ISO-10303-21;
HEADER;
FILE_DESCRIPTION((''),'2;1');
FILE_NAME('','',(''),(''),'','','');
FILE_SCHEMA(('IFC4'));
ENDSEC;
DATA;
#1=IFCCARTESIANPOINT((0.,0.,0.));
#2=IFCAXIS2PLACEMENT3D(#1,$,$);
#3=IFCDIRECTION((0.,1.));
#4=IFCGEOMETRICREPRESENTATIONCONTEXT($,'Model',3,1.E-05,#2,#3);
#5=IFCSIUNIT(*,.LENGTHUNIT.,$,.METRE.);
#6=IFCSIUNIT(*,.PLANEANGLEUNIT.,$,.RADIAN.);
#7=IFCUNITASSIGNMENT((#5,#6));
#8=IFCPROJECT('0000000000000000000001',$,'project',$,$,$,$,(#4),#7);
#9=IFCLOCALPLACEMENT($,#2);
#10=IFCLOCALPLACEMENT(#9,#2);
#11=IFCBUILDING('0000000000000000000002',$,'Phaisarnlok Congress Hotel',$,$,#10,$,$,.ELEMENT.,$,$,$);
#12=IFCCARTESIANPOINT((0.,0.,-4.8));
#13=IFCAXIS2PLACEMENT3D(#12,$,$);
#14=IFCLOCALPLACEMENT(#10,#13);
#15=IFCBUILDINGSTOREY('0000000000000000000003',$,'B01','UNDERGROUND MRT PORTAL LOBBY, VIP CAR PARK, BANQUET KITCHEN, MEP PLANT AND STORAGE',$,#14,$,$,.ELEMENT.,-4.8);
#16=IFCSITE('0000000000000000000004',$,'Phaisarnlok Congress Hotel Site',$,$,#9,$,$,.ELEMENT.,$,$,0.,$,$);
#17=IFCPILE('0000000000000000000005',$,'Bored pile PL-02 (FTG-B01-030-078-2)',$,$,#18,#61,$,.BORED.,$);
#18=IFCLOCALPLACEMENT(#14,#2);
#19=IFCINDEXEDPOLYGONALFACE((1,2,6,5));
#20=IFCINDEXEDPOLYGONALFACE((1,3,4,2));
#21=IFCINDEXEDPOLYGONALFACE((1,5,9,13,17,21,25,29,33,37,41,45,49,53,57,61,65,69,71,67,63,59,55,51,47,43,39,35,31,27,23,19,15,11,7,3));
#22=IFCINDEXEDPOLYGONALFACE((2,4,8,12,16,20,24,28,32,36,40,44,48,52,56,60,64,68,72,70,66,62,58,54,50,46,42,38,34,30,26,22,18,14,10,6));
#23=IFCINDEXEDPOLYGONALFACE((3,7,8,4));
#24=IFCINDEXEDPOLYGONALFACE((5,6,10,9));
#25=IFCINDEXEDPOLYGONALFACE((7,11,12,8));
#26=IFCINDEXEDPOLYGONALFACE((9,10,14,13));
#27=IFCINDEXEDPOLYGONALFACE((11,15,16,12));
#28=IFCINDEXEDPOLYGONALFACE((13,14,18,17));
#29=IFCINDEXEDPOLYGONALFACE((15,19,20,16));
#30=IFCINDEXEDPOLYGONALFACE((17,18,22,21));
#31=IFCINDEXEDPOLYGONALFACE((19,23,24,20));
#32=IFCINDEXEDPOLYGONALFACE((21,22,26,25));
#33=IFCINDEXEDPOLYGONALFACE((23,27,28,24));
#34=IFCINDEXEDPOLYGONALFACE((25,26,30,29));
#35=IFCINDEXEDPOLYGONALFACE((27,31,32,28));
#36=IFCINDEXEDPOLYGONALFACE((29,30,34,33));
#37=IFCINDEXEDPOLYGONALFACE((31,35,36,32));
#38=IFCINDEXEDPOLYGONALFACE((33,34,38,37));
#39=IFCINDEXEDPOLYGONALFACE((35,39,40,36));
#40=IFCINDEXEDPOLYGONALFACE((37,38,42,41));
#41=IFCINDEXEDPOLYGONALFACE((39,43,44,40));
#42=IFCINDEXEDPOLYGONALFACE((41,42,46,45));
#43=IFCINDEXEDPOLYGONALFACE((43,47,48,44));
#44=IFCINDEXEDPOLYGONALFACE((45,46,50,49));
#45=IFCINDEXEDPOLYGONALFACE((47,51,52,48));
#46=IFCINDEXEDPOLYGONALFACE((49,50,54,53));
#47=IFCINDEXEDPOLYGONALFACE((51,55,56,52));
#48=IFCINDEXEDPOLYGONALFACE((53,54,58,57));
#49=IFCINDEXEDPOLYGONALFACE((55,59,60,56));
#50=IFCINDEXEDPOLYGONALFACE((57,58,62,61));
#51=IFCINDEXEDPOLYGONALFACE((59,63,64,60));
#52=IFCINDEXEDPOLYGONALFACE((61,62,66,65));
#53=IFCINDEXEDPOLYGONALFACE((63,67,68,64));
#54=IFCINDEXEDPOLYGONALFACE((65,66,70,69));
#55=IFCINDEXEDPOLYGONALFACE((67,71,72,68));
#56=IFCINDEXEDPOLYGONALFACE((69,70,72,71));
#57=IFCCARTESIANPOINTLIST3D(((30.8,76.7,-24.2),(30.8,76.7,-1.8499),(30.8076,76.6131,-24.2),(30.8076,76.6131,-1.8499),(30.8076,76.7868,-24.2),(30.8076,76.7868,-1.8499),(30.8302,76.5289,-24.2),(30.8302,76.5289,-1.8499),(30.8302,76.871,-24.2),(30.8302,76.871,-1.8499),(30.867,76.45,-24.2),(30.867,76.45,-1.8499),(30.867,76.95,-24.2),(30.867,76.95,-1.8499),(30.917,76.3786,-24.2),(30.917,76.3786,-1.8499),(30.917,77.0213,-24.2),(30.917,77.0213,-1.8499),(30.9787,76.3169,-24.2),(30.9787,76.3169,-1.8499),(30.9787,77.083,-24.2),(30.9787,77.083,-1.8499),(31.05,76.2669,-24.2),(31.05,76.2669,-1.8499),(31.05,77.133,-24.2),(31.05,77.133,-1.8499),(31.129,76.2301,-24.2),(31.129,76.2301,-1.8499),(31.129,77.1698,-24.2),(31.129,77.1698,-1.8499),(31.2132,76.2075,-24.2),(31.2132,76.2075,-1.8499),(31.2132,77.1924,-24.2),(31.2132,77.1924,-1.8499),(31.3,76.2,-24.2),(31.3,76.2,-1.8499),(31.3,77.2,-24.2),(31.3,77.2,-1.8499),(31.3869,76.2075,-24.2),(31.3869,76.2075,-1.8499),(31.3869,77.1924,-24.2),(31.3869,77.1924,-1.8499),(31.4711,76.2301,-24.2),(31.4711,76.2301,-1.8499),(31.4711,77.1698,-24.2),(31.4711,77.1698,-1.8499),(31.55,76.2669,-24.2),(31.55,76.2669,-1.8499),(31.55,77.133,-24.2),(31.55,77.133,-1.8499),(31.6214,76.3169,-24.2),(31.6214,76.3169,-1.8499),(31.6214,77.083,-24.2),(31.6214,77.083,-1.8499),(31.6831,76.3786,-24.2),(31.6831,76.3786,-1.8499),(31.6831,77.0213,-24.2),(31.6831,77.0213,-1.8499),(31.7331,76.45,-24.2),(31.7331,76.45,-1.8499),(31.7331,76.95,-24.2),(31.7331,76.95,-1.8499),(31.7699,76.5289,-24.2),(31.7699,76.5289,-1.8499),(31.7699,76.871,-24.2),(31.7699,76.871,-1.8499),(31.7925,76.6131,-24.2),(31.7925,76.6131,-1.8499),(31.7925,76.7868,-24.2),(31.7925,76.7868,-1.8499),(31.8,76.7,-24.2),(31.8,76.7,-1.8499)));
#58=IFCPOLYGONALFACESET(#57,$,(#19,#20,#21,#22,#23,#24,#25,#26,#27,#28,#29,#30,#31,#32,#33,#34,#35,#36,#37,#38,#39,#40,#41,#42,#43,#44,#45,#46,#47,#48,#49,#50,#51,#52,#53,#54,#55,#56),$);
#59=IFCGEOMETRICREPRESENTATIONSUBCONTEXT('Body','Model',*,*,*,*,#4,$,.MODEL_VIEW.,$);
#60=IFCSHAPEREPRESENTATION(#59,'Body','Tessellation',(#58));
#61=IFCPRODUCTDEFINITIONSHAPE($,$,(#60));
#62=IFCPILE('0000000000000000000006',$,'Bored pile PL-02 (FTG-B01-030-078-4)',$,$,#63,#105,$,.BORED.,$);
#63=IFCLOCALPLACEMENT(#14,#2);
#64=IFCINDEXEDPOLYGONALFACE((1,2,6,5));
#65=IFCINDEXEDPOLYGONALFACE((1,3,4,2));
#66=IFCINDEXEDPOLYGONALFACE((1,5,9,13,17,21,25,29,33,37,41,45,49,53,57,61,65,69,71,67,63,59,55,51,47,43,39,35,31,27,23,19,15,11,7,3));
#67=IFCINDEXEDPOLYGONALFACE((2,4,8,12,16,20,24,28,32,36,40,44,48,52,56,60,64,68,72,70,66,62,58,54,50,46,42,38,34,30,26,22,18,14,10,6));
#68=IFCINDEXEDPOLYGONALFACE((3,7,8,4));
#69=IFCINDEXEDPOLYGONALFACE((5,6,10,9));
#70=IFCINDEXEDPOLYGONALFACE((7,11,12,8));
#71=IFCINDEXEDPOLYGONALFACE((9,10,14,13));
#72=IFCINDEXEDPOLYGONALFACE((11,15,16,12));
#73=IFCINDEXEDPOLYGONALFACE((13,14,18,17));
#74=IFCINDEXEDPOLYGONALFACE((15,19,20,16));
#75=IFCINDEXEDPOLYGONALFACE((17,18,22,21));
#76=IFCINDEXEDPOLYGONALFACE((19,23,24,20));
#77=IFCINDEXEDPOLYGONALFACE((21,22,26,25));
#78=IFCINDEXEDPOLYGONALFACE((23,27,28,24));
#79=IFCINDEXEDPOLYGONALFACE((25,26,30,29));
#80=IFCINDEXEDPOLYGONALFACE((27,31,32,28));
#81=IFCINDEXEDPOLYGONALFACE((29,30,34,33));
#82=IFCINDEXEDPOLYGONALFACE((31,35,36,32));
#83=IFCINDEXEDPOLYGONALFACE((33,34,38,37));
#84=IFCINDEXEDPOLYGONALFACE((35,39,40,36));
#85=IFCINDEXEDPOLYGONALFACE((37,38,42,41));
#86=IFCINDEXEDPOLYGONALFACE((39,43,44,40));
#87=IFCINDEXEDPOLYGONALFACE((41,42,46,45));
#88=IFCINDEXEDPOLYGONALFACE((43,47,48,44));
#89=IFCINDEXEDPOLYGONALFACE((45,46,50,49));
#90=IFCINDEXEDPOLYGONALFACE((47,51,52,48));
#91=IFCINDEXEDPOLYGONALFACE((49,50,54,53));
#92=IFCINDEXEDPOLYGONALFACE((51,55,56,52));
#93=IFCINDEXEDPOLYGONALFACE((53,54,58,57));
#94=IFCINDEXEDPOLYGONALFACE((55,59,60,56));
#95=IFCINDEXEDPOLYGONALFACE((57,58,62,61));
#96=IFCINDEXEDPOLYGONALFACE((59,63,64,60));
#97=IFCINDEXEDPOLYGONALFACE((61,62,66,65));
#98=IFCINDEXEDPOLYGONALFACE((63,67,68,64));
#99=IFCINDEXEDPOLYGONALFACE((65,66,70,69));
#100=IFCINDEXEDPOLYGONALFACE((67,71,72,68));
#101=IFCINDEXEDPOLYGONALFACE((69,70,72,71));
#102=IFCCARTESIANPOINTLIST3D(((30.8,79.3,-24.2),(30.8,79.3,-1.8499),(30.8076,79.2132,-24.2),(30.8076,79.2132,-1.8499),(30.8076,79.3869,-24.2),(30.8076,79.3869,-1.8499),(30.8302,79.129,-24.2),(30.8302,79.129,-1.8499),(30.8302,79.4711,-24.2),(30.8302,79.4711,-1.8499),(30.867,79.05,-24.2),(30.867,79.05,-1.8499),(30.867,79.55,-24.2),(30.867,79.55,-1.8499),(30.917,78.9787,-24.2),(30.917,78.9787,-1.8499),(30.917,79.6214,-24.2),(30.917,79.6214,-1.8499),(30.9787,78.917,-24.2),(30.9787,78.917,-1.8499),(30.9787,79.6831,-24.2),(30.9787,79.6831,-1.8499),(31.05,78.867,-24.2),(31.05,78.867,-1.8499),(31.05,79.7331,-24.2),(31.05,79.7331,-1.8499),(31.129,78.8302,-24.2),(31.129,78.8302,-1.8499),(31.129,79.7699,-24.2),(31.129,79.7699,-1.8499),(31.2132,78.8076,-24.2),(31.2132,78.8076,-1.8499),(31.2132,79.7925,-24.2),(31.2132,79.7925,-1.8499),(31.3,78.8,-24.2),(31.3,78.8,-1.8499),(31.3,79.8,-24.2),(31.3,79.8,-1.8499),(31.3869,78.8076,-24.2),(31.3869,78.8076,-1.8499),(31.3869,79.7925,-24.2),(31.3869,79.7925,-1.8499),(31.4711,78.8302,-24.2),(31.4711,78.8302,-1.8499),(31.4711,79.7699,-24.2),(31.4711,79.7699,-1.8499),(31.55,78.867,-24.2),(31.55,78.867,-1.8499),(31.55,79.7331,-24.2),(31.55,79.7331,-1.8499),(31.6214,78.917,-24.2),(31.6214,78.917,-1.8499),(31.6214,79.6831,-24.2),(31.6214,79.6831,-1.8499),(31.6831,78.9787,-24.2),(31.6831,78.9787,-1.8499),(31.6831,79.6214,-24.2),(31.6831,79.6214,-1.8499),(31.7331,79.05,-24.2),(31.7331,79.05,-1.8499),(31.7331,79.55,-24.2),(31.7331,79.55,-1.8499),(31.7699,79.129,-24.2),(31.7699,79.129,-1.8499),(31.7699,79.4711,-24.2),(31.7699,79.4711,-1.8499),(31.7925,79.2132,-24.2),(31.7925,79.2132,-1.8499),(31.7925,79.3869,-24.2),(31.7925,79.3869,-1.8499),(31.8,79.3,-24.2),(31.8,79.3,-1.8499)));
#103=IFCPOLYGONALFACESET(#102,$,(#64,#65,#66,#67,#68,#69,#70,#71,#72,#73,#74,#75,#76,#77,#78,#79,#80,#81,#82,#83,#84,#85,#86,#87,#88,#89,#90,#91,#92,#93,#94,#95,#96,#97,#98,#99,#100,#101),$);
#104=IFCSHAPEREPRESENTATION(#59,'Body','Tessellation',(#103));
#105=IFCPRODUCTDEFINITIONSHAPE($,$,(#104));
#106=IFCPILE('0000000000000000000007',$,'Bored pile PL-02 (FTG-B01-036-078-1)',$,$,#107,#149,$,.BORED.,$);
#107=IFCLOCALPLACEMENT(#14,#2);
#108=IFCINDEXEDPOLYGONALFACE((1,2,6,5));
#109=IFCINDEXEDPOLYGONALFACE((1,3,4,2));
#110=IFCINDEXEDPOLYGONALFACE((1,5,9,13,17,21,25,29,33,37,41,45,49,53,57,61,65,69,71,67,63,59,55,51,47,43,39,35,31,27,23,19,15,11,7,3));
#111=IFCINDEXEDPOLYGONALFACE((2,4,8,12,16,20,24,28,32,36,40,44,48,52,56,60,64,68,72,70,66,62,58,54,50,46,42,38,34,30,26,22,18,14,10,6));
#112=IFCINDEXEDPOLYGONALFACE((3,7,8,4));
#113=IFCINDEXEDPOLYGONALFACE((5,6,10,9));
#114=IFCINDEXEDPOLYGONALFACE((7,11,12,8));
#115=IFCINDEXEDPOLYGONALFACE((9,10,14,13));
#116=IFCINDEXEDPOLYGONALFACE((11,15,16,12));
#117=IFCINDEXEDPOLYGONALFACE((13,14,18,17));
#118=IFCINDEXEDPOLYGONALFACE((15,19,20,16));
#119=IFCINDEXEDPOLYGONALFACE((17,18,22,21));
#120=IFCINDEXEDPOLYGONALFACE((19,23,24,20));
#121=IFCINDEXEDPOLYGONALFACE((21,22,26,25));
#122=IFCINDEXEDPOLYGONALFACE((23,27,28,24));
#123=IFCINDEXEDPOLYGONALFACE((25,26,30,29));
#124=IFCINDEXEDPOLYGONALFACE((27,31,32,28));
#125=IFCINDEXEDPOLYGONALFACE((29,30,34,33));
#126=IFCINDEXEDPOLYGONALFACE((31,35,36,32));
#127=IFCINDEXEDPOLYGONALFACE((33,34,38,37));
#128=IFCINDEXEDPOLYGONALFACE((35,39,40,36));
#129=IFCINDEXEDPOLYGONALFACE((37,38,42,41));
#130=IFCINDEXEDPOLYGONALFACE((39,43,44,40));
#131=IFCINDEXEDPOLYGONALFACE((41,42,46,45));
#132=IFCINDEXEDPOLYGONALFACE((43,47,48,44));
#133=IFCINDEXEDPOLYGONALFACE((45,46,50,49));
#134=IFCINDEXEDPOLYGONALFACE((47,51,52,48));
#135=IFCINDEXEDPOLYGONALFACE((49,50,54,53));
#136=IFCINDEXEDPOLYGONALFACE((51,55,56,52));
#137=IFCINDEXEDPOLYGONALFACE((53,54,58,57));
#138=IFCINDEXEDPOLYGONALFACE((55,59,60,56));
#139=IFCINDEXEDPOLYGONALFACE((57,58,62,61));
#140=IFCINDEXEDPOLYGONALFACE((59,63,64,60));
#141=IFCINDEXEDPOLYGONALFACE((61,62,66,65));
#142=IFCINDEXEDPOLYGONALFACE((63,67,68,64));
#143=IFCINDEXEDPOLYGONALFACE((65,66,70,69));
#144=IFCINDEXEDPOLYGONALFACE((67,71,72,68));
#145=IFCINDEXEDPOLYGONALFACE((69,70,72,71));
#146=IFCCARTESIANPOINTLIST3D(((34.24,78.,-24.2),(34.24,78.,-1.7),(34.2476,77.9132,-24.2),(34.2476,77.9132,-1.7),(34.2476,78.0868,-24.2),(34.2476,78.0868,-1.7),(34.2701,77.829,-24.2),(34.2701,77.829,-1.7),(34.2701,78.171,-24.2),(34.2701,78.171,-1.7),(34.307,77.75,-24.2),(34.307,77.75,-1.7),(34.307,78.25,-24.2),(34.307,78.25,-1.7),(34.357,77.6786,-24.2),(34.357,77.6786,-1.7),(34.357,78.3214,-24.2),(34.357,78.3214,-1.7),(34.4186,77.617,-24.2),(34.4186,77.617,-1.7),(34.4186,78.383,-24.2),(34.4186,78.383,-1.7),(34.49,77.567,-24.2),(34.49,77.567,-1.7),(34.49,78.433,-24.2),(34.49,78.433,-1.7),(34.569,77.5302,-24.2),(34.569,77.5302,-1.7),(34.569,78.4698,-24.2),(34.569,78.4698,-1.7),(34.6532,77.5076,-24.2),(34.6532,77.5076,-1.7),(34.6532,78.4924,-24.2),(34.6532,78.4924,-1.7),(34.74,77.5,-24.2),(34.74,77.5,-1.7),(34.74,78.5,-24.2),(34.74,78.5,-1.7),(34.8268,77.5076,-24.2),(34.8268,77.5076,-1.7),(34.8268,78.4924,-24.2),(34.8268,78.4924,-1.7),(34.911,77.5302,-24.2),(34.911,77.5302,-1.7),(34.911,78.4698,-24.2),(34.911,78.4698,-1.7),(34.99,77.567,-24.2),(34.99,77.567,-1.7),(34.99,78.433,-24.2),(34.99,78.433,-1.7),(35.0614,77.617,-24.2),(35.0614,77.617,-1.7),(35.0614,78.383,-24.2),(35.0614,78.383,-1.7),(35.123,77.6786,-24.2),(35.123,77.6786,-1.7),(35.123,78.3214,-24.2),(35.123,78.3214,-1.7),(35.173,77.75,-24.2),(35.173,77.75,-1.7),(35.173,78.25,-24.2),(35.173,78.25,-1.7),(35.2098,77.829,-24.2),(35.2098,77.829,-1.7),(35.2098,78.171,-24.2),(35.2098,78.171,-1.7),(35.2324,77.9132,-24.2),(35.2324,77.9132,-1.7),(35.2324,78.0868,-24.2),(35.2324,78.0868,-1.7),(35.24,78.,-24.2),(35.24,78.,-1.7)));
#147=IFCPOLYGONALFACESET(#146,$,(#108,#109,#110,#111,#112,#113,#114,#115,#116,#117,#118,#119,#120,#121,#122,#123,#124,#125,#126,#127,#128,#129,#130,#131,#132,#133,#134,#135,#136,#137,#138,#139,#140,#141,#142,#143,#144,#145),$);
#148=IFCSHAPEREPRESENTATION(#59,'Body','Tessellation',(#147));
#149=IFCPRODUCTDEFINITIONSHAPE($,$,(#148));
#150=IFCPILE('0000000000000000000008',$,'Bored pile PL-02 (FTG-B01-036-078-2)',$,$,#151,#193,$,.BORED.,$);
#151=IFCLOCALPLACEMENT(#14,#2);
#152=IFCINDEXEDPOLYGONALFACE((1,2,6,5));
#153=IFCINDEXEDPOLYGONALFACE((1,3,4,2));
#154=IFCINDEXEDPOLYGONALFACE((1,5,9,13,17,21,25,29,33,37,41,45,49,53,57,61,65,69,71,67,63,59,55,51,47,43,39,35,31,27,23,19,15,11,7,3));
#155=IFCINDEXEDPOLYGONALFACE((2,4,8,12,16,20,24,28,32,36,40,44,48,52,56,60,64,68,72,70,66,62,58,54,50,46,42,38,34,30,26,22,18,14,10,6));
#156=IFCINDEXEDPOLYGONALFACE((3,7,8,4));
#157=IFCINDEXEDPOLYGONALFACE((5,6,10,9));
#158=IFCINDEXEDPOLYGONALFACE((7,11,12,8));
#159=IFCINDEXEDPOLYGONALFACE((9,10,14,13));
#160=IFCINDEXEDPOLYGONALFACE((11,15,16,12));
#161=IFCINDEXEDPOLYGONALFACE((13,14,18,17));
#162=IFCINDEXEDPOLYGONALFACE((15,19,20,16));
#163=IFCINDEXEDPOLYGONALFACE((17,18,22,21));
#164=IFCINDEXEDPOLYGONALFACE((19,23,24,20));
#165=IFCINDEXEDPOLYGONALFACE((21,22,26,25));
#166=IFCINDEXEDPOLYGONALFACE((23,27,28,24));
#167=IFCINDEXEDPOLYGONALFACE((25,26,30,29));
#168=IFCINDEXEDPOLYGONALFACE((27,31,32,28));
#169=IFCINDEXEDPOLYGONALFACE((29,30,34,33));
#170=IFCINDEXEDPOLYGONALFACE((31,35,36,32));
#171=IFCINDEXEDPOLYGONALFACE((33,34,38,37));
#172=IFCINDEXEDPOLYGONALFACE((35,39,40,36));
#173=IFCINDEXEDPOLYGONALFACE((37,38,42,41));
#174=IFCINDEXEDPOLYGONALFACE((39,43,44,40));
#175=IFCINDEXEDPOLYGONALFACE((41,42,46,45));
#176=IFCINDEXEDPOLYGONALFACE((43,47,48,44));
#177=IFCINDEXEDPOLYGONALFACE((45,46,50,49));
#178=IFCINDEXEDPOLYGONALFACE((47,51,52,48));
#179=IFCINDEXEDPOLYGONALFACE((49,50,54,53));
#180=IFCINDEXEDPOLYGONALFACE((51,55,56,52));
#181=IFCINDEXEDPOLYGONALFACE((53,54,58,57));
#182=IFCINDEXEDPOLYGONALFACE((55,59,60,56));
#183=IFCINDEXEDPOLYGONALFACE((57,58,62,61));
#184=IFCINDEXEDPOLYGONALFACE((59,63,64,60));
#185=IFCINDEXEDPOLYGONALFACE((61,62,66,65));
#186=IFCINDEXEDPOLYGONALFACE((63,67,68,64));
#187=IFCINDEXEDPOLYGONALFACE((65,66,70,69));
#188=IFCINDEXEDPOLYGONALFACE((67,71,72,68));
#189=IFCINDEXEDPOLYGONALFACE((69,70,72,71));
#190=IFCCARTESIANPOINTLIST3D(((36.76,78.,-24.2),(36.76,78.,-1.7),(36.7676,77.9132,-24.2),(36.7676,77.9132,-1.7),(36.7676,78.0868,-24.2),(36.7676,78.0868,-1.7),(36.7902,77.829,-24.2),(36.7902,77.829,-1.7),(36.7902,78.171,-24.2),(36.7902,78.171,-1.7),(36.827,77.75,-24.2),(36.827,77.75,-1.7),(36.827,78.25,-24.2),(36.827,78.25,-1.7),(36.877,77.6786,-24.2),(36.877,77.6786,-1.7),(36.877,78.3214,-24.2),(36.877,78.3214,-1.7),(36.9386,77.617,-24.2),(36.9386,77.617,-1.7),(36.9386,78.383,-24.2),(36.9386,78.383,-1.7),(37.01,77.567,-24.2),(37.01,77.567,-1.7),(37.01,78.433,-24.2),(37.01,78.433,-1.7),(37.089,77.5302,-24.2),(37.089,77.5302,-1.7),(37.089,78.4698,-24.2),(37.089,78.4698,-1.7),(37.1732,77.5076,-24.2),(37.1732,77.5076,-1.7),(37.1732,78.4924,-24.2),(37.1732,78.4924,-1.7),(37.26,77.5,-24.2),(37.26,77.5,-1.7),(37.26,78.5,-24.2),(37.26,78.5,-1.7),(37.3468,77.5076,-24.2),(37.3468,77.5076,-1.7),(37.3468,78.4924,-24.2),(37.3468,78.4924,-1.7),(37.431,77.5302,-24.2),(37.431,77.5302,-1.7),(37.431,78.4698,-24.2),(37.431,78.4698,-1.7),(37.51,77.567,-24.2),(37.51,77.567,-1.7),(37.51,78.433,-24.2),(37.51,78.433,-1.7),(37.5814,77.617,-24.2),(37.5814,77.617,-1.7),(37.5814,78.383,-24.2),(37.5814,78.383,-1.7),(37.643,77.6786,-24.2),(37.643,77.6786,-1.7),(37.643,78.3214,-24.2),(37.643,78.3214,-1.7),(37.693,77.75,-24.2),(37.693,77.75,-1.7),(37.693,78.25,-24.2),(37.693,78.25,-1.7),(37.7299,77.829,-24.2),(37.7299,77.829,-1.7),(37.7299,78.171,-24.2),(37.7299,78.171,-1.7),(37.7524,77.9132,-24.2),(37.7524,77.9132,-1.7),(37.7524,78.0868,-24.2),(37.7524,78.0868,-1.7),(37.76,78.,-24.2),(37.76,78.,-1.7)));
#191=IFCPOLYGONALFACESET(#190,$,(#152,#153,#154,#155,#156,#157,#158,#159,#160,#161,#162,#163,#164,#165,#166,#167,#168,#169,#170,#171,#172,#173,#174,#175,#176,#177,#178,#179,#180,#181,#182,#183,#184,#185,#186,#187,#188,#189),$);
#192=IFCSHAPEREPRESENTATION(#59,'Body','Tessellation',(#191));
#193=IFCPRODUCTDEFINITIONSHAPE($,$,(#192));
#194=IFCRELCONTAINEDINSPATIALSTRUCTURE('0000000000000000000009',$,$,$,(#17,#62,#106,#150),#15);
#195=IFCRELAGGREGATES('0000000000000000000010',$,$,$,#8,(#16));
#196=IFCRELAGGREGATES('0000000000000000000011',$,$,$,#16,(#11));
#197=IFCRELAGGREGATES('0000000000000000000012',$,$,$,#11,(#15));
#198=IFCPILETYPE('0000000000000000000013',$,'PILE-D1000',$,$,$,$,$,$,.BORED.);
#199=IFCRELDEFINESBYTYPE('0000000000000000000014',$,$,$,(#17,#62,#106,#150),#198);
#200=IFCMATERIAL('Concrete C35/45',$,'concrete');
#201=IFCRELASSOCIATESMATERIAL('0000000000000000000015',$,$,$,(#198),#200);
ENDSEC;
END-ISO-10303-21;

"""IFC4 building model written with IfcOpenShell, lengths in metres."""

from ifc_helpers import new_model, si_unit, direction, frame, origin, origin_2d, place, context, subcontext, project, spatial, circle, extrude, material, material_profile, profile_set, type_object, element, save


model = new_model("IFC4")

# Units and contexts
model_context = context("Model", 3, precision=1e-05, world=origin(), true_north=direction((0.0, 1.0)))
body_context = subcontext(model_context, "Body", "Model", "MODEL_VIEW")
ifc_project = project(units=[si_unit("LENGTHUNIT", "METRE"), si_unit("PLANEANGLEUNIT", "RADIAN")], contexts=[model_context])

# Site, building, storey
site_placement = place(None, origin())
site = spatial("IfcSite", under=ifc_project, at=site_placement, Name="Phaisarnlok Congress Hotel Site", CompositionType="ELEMENT", RefElevation=0.0)
building_placement = place(site_placement, origin())
building = spatial("IfcBuilding", under=site, at=building_placement, Name="Phaisarnlok Congress Hotel", CompositionType="ELEMENT")
storey_placement = place(building_placement, frame((0.0, 0.0, -4.8)))
storey = spatial("IfcBuildingStorey", under=building, at=storey_placement, Name="B01", Description="UNDERGROUND MRT PORTAL LOBBY, VIP CAR PARK, BANQUET KITCHEN, MEP PLANT AND STORAGE", CompositionType="ELEMENT", Elevation=-4.8)

# Piles
ifc_material_1 = material(Name="Concrete C35/45", Category="concrete")
ifc_material_profile_1 = material_profile(ifc_material_1, circle(Radius=0.5, at=origin_2d()), Name="BORED PILE D1000")
ifc_profile_set_1 = profile_set([ifc_material_profile_1], Name="Concrete C35/45")
pile_type_1 = type_object("IfcPileType", Name="PILE-D1000", PredefinedType="BORED", material=ifc_profile_set_1)
for number, where, z_axis, x_axis, name in (
    (1, (31.3, 76.7, -1.8499), (0.0, 0.0, -1.0), (1.0, 0.0, 0.0), "Bored pile PL-02 (FTG-B01-030-078-2)"),
    (2, (31.3, 79.3, -1.8499), (0.0, 0.0, -1.0), (1.0, 0.0, 0.0), "Bored pile PL-02 (FTG-B01-030-078-4)"),
):
    element("IfcPile", number, at=place(storey_placement, frame(where, z_axis=z_axis, x_axis=x_axis)), inside=storey, type_object=pile_type_1, Name=name, PredefinedType="BORED", context=body_context, shape_type="SweptSolid", body=[
        extrude(circle(Radius=0.5, at=origin_2d()), origin(), (0.0, 0.0, 1.0), 22.3501),
    ])
for number, where, z_axis, x_axis, name in (
    (3, (34.74, 78.0, -1.7), (0.0, 0.0, -1.0), (1.0, 0.0, 0.0), "Bored pile PL-02 (FTG-B01-036-078-1)"),
    (4, (37.26, 78.0, -1.7), (0.0, 0.0, -1.0), (1.0, 0.0, 0.0), "Bored pile PL-02 (FTG-B01-036-078-2)"),
):
    element("IfcPile", number, at=place(storey_placement, frame(where, z_axis=z_axis, x_axis=x_axis)), inside=storey, type_object=pile_type_1, Name=name, PredefinedType="BORED", context=body_context, shape_type="SweptSolid", body=[
        extrude(circle(Radius=0.5, at=origin_2d()), origin(), (0.0, 0.0, 1.0), 22.5),
    ])

save(model, "model.ifc")
